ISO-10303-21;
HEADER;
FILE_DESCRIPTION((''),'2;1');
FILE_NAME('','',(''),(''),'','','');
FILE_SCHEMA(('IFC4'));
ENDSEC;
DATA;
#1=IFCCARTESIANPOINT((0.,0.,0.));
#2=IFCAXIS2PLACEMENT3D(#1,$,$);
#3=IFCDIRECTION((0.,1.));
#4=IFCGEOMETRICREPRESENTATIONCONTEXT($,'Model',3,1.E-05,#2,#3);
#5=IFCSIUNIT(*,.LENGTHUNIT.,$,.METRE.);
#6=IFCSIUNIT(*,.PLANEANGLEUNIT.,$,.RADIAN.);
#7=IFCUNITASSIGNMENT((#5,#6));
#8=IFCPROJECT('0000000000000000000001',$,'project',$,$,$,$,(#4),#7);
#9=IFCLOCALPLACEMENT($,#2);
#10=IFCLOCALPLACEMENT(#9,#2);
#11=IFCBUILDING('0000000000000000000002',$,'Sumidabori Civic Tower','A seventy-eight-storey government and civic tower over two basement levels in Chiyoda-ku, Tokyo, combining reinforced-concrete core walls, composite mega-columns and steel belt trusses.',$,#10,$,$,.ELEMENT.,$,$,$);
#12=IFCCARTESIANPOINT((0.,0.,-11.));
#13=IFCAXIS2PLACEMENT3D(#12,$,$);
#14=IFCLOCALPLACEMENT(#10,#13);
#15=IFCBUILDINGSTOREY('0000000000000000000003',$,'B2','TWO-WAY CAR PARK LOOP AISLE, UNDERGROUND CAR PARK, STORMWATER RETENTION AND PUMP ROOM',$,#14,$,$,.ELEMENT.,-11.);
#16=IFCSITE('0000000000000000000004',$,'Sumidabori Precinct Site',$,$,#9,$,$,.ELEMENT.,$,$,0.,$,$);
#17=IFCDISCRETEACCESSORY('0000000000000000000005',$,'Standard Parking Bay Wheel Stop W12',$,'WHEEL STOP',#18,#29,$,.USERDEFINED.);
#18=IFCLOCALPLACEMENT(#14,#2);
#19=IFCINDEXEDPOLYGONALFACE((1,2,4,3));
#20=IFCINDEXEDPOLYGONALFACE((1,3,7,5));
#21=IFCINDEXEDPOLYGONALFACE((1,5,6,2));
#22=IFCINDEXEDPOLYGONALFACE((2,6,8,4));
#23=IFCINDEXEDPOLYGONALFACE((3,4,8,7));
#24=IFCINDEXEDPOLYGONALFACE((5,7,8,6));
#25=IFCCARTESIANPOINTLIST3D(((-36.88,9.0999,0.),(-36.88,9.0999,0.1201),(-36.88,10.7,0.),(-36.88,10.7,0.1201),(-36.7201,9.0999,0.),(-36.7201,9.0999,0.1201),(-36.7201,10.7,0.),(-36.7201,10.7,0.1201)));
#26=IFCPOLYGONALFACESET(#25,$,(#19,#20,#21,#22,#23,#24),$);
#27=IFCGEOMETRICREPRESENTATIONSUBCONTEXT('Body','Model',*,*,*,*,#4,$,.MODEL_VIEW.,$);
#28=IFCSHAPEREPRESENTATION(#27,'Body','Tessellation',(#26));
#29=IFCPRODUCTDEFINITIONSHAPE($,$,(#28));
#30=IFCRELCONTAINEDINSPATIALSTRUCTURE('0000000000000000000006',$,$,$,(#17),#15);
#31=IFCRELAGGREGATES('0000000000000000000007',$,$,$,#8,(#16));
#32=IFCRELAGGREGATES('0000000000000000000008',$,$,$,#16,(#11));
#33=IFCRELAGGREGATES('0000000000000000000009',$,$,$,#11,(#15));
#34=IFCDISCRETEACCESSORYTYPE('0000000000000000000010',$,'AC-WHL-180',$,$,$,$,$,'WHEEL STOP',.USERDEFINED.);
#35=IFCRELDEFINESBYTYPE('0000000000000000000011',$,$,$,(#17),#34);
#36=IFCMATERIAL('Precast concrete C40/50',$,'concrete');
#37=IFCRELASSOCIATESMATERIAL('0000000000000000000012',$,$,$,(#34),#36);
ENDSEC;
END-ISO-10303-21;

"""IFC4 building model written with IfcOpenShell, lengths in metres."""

from ifc_helpers import new_model, si_unit, direction, frame, origin, origin_2d, place, context, subcontext, project, spatial, rectangle, extrude, source, transform, mapped, material, type_object, element, save


model = new_model("IFC4")

# Units and contexts
model_context = context("Model", 3, precision=1e-05, world=origin(), true_north=direction((0.0, 1.0)))
body_context = subcontext(model_context, "Body", "Model", "MODEL_VIEW")
ifc_project = project(units=[si_unit("LENGTHUNIT", "METRE"), si_unit("PLANEANGLEUNIT", "RADIAN")], contexts=[model_context])

# Site, building, storey
site_placement = place(None, origin())
site = spatial("IfcSite", under=ifc_project, at=site_placement, Name="Sumidabori Precinct Site", CompositionType="ELEMENT", RefElevation=0.0)
building_placement = place(site_placement, origin())
building = spatial("IfcBuilding", under=site, at=building_placement, Name="Sumidabori Civic Tower", Description="A seventy-eight-storey government and civic tower over two basement levels in Chiyoda-ku, Tokyo, combining reinforced-concrete core walls, composite mega-columns and steel belt trusses.", CompositionType="ELEMENT")
storey_placement = place(building_placement, frame((0.0, 0.0, -11.0)))
storey = spatial("IfcBuildingStorey", under=building, at=storey_placement, Name="B2", Description="TWO-WAY CAR PARK LOOP AISLE, UNDERGROUND CAR PARK, STORMWATER RETENTION AND PUMP ROOM", CompositionType="ELEMENT", Elevation=-11.0)

# Discrete accessory
ifc_material_1 = material(Name="Precast concrete C40/50", Category="concrete")
discrete_accessory_type = type_object("IfcDiscreteAccessoryType", Name="AC-WHL-180", ElementType="WHEEL STOP", PredefinedType="USERDEFINED", material=ifc_material_1)
shared_shape_1 = source(origin(), body_context, "Body", "SweptSolid", [
    extrude(rectangle(XDim=0.1599, YDim=1.6001, at=origin_2d()), origin(), (0.0, 0.0, 1.0), 0.1201),
])
for number, where, z_axis, x_axis, name in (
    (1, (-36.8, 9.8999, 0.0), (0.0, 0.0, 1.0), (1.0, 0.0, 0.0), "Standard Parking Bay Wheel Stop W12"),
):
    element("IfcDiscreteAccessory", number, at=place(storey_placement, frame(where, z_axis=z_axis, x_axis=x_axis)), inside=storey, type_object=discrete_accessory_type, Name=name, ObjectType="WHEEL STOP", PredefinedType="USERDEFINED", context=body_context, shape_type="MappedRepresentation", body=[
        mapped(shared_shape_1, transform((0.0, 0.0, 0.0), x_axis=(1.0, 0.0, 0.0), y_axis=(0.0, 1.0, 0.0), z_axis=(0.0, 0.0, 1.0), scale=1.0)),
    ])

save(model, "model.ifc")
